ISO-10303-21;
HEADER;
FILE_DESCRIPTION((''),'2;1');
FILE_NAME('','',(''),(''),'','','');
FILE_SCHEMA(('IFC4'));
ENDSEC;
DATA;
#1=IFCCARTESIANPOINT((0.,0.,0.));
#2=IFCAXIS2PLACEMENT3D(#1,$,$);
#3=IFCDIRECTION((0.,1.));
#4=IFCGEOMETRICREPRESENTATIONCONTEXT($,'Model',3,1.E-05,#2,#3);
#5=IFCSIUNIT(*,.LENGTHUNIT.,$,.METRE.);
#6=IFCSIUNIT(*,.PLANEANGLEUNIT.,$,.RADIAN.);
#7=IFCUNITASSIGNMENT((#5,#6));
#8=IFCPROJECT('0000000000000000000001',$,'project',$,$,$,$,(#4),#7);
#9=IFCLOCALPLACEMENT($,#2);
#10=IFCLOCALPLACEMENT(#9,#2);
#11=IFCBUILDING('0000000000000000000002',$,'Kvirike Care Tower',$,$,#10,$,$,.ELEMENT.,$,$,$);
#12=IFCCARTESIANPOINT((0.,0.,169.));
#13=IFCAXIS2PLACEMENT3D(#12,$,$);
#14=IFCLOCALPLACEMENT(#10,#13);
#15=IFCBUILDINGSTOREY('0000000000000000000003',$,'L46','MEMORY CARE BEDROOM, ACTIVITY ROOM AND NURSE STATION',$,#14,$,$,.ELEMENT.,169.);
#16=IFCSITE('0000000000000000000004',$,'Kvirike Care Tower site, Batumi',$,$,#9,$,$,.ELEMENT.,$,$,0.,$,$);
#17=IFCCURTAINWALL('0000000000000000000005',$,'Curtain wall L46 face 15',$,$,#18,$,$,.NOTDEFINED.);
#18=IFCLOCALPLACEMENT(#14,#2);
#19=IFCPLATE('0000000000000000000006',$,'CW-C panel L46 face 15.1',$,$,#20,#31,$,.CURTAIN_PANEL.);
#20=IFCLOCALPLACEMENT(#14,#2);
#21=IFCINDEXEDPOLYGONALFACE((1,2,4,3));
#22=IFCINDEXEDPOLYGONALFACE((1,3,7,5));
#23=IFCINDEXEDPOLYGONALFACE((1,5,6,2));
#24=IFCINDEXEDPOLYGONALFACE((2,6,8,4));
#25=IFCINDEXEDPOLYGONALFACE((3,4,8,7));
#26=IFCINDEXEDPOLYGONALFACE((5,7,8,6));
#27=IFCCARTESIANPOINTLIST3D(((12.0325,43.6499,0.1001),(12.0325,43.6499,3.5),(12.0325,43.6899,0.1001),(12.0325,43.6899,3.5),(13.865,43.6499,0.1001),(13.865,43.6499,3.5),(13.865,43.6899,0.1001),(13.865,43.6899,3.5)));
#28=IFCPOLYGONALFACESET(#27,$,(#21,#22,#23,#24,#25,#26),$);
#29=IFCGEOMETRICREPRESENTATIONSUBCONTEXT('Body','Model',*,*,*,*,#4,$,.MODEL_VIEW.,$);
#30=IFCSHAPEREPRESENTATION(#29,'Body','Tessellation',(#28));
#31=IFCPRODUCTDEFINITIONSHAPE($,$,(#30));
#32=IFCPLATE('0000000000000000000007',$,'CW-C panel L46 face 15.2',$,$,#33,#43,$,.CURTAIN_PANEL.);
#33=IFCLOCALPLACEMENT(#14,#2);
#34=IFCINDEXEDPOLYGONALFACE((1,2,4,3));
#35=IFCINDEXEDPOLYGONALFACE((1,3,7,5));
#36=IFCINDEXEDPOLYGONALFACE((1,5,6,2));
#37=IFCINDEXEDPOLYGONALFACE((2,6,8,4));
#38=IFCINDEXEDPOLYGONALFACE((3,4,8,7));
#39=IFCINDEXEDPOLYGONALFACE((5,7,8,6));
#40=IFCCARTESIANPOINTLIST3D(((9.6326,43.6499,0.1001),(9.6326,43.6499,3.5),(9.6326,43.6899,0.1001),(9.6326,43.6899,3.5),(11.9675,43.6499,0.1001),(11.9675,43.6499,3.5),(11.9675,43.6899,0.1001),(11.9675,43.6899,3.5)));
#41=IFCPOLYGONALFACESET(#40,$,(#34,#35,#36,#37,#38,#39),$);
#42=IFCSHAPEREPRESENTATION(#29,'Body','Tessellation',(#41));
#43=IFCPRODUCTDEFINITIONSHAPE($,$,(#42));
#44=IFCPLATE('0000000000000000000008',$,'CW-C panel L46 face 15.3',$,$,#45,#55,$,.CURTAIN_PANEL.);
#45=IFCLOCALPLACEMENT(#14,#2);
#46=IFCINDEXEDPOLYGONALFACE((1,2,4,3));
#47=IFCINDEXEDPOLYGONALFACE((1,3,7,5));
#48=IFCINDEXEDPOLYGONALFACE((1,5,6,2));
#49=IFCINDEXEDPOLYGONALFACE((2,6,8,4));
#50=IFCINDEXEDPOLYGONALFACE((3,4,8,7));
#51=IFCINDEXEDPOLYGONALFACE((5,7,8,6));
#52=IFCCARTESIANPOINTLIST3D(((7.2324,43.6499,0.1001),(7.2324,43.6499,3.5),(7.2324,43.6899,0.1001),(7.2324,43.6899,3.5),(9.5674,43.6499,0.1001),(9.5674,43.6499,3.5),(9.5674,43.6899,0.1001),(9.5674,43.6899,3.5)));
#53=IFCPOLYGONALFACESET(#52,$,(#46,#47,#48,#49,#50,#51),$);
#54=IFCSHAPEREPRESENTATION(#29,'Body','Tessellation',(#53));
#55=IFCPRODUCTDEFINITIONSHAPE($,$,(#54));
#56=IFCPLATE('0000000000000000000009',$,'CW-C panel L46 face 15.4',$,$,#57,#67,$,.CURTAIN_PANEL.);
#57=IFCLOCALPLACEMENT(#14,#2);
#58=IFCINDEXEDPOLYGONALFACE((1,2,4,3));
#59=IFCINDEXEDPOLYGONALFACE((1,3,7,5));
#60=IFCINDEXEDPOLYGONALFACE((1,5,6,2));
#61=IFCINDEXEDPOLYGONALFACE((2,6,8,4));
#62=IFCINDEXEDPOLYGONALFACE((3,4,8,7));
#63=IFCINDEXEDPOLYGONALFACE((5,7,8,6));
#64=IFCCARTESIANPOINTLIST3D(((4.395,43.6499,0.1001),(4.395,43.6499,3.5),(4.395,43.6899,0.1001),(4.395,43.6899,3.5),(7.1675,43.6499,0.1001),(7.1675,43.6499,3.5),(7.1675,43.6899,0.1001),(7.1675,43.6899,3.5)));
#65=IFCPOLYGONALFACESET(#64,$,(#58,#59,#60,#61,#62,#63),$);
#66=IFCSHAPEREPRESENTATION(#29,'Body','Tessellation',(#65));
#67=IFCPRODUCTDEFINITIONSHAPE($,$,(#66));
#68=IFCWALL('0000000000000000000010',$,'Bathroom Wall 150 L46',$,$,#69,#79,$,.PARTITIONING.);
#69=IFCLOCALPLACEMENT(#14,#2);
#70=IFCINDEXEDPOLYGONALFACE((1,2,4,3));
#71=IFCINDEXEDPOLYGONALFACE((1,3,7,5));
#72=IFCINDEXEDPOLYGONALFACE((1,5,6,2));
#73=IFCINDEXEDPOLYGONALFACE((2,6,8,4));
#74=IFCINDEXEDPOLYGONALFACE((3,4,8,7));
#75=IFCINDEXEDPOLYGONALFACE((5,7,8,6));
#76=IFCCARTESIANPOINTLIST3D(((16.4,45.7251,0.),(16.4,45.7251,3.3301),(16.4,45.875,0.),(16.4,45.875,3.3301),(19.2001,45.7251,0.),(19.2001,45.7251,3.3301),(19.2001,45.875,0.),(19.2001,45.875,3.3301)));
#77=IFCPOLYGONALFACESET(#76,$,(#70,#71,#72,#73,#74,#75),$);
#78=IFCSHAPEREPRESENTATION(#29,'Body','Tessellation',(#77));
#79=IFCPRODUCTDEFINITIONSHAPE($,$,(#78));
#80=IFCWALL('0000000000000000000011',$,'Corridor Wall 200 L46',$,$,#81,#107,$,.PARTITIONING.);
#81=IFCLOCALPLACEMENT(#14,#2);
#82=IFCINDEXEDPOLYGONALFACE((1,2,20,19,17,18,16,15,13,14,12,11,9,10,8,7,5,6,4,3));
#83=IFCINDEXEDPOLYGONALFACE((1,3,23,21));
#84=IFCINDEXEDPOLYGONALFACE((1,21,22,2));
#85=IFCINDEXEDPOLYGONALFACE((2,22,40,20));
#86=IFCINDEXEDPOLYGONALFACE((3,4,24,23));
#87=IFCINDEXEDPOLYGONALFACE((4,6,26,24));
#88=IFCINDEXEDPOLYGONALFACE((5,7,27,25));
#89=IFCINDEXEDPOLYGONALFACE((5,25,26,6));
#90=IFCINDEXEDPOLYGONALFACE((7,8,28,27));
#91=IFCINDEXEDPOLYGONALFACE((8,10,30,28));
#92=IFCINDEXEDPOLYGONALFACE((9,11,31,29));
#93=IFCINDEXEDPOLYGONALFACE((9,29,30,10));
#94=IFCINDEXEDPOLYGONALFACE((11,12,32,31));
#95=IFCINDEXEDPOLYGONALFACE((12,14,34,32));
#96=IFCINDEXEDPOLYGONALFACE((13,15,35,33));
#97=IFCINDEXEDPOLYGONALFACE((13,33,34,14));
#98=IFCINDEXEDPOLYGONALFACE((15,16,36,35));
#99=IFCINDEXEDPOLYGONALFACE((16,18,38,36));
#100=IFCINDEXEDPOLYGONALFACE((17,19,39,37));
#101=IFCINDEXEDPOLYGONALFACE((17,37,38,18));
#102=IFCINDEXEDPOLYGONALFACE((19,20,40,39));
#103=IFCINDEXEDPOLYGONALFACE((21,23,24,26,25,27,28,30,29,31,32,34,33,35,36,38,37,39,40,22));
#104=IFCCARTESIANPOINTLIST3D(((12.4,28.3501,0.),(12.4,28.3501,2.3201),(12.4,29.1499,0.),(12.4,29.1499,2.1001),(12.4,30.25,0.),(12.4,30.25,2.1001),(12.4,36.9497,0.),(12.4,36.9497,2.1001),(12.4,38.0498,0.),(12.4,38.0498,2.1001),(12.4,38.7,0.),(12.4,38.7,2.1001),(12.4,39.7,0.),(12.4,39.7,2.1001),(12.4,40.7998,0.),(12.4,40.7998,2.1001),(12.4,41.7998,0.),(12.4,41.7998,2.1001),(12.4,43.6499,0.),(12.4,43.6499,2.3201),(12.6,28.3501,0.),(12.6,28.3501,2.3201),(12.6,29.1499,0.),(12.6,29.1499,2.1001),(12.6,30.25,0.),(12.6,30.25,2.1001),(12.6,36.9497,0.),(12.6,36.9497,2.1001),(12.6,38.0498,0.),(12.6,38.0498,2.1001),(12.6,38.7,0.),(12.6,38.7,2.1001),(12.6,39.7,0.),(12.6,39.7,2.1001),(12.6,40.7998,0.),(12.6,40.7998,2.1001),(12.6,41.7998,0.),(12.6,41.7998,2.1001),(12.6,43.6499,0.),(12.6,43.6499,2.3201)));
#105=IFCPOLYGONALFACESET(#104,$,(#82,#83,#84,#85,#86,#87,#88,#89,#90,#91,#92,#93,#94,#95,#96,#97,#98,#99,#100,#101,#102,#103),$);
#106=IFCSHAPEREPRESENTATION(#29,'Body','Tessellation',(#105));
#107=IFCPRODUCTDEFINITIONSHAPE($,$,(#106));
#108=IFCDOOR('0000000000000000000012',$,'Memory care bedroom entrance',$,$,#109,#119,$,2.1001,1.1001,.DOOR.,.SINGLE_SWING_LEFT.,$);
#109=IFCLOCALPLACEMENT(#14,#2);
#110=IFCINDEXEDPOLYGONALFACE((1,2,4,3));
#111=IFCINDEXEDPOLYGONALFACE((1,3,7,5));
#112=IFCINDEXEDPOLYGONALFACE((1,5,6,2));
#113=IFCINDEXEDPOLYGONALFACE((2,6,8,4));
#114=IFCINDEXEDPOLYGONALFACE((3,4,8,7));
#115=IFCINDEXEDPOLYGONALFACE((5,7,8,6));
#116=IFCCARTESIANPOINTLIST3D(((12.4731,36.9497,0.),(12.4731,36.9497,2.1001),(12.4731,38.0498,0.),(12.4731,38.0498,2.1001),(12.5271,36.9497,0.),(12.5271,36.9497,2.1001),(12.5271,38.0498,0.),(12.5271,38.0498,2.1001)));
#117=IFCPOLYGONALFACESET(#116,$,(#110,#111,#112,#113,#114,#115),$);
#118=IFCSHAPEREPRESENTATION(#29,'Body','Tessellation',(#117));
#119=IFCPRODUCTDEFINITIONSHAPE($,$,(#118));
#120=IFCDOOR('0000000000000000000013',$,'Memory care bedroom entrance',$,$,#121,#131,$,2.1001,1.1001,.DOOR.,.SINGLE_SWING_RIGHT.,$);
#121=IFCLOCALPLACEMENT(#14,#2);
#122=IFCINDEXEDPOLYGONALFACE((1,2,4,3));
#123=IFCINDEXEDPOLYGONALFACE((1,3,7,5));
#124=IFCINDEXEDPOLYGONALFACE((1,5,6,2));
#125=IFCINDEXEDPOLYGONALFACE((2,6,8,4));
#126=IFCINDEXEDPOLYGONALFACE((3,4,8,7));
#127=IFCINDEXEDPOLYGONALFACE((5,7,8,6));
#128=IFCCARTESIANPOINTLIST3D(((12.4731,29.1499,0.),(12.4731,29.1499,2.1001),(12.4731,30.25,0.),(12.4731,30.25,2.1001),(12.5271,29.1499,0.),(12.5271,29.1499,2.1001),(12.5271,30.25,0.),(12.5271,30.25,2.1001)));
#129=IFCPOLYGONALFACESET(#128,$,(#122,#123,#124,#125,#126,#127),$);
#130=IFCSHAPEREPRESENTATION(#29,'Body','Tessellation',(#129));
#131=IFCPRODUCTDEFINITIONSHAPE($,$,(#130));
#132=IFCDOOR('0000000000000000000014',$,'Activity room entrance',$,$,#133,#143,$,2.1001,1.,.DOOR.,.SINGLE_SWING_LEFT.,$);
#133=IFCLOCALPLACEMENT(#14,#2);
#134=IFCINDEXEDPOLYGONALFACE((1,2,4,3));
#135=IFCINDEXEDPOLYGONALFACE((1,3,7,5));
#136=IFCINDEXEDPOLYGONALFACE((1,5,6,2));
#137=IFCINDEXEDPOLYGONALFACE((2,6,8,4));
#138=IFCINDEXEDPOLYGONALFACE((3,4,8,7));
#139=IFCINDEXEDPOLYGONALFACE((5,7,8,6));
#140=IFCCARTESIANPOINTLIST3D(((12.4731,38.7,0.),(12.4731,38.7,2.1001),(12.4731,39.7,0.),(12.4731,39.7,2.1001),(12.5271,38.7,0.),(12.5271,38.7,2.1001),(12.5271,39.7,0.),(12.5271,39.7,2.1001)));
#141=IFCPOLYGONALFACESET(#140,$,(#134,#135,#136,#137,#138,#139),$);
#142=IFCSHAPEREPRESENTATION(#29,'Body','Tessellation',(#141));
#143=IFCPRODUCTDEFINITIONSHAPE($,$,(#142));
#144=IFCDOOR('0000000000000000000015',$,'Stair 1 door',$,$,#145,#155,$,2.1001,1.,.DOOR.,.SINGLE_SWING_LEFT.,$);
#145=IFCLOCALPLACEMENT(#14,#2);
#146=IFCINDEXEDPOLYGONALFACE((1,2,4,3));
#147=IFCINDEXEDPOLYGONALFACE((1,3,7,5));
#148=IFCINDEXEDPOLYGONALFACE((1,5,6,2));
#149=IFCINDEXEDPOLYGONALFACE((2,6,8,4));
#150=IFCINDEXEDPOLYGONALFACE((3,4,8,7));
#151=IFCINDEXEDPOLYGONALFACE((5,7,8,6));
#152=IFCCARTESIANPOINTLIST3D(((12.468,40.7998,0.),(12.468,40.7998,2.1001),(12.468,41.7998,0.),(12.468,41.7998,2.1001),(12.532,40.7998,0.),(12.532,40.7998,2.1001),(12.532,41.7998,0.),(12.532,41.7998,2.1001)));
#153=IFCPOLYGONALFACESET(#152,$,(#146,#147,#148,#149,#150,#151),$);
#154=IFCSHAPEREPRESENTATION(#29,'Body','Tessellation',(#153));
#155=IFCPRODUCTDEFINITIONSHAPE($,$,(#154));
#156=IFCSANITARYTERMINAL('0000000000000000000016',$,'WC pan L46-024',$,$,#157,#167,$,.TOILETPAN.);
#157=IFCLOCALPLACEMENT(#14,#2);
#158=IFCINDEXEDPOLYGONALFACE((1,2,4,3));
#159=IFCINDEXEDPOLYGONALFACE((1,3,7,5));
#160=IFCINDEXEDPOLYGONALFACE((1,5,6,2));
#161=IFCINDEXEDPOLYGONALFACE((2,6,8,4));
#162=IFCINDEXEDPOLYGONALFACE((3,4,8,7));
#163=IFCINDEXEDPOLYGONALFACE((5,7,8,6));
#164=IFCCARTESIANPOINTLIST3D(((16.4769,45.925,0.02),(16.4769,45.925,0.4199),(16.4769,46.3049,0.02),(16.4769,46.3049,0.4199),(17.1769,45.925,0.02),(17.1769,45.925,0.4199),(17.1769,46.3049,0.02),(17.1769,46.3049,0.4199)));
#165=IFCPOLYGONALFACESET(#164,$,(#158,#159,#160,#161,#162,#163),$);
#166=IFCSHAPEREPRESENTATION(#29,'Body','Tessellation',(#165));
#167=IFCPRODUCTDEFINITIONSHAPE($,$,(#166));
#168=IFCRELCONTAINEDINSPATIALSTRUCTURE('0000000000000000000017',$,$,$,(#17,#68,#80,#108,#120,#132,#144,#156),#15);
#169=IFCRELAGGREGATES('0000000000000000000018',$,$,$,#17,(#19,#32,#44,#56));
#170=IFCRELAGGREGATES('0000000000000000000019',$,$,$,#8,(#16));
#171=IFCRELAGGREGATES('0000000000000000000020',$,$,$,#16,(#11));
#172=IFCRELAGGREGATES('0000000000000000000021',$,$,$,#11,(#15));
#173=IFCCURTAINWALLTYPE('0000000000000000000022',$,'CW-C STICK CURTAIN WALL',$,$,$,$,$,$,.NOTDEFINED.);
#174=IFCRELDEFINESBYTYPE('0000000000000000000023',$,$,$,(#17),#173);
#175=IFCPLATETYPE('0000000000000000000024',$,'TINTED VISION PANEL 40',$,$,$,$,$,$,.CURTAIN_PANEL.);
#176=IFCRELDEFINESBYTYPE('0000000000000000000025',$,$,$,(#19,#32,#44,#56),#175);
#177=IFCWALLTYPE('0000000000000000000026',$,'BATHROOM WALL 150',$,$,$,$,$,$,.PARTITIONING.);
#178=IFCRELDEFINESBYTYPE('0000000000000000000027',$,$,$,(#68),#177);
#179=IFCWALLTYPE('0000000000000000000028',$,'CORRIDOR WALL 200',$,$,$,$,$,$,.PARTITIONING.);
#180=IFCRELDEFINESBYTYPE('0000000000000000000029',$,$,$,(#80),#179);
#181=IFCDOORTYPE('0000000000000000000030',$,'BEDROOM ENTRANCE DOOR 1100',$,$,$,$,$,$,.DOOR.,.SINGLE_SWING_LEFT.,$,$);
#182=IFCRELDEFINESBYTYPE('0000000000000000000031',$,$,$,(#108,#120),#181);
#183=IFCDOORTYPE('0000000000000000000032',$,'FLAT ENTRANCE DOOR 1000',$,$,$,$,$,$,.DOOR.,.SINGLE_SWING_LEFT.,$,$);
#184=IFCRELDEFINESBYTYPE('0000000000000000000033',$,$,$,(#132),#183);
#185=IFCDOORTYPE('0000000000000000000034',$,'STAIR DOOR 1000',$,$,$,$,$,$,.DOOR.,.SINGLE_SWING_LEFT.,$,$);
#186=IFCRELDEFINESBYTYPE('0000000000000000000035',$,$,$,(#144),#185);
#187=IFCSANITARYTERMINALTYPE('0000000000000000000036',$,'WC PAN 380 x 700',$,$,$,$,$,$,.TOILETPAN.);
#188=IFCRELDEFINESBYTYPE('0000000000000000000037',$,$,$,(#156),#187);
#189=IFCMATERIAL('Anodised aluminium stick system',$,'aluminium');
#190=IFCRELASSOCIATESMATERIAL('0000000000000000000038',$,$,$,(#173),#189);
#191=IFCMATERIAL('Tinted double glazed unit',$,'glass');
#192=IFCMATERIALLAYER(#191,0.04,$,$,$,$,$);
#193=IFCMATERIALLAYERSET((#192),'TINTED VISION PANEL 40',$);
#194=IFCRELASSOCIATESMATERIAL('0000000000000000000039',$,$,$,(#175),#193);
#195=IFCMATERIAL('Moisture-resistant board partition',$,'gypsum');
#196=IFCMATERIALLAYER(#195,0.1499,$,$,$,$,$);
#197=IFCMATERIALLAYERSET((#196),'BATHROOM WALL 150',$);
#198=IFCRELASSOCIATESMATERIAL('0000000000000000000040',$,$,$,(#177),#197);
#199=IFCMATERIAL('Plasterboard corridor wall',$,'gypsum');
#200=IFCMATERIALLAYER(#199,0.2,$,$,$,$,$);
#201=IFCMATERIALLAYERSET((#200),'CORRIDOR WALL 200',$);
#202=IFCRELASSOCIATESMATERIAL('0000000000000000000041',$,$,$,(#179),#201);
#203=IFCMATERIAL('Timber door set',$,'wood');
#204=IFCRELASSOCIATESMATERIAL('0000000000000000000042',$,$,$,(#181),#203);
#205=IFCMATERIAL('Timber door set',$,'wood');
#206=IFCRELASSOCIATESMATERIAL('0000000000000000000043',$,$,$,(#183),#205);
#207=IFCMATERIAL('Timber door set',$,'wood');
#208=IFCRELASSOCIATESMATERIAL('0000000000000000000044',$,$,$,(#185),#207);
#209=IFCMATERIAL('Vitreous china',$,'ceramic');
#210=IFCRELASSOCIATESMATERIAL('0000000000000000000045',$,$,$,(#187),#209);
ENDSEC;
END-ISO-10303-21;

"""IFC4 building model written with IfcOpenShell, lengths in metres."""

from ifc_helpers import new_model, si_unit, direction, frame, frame_2d, origin, origin_2d, place, context, subcontext, project, spatial, rectangle, extrude, material, layer, layer_set, type_object, element, fill, aggregate, save


model = new_model("IFC4")

# Units and contexts
model_context = context("Model", 3, precision=1e-05, world=origin(), true_north=direction((0.0, 1.0)))
body_context = subcontext(model_context, "Body", "Model", "MODEL_VIEW")
ifc_project = project(units=[si_unit("LENGTHUNIT", "METRE"), si_unit("PLANEANGLEUNIT", "RADIAN")], contexts=[model_context])

# Site, building, storey
site_placement = place(None, origin())
site = spatial("IfcSite", under=ifc_project, at=site_placement, Name="Kvirike Care Tower site, Batumi", CompositionType="ELEMENT", RefElevation=0.0)
building_placement = place(site_placement, origin())
building = spatial("IfcBuilding", under=site, at=building_placement, Name="Kvirike Care Tower", CompositionType="ELEMENT")
storey_placement = place(building_placement, frame((0.0, 0.0, 169.0)))
storey = spatial("IfcBuildingStorey", under=building, at=storey_placement, Name="L46", Description="MEMORY CARE BEDROOM, ACTIVITY ROOM AND NURSE STATION", CompositionType="ELEMENT", Elevation=169.0)

# Curtain wall
ifc_material_1 = material(Name="Anodised aluminium stick system", Category="aluminium")
curtain_wall_type = type_object("IfcCurtainWallType", Name="CW-C STICK CURTAIN WALL", PredefinedType="NOTDEFINED", material=ifc_material_1)
curtain_wall_1_placement = place(storey_placement, origin())
curtain_wall_1 = element("IfcCurtainWall", 1, at=curtain_wall_1_placement, inside=storey, type_object=curtain_wall_type, Name="Curtain wall L46 face 15", PredefinedType="NOTDEFINED")

# Plates
ifc_material_2 = material(Name="Tinted double glazed unit", Category="glass")
ifc_layer_1 = layer(ifc_material_2, 0.04)
ifc_layer_set_1 = layer_set([ifc_layer_1], Name="TINTED VISION PANEL 40")
plate_type = type_object("IfcPlateType", Name="TINTED VISION PANEL 40", PredefinedType="CURTAIN_PANEL", material=ifc_layer_set_1)
plate_1_placement = place(storey_placement, frame((12.9487, 43.6699, 0.1001), z_axis=(0.0, 0.0, 1.0), x_axis=(-1.0, 0.0, 0.0)))
plate_1 = element("IfcPlate", 2, at=plate_1_placement, type_object=plate_type, Name="CW-C panel L46 face 15.1", PredefinedType="CURTAIN_PANEL", context=body_context, shape_type="SweptSolid", body=[
    extrude(rectangle(XDim=1.8325, YDim=0.04, at=origin_2d()), origin(), (0.0, 0.0, 1.0), 3.3999),
])
plate_2_placement = place(storey_placement, frame((10.8, 43.6699, 0.1001), z_axis=(0.0, 0.0, 1.0), x_axis=(-1.0, 0.0, 0.0)))
plate_2 = element("IfcPlate", 3, at=plate_2_placement, type_object=plate_type, Name="CW-C panel L46 face 15.2", PredefinedType="CURTAIN_PANEL", context=body_context, shape_type="SweptSolid", body=[
    extrude(rectangle(XDim=2.335, YDim=0.04, at=origin_2d()), origin(), (0.0, 0.0, 1.0), 3.3999),
])
plate_3_placement = place(storey_placement, frame((8.3999, 43.6699, 0.1001), z_axis=(0.0, 0.0, 1.0), x_axis=(-1.0, 0.0, 0.0)))
plate_3 = element("IfcPlate", 4, at=plate_3_placement, type_object=plate_type, Name="CW-C panel L46 face 15.3", PredefinedType="CURTAIN_PANEL", context=body_context, shape_type="SweptSolid", body=[
    extrude(rectangle(XDim=2.335, YDim=0.04, at=origin_2d()), origin(), (0.0, 0.0, 1.0), 3.3999),
])
plate_4_placement = place(storey_placement, frame((5.7812, 43.6699, 0.1001), z_axis=(0.0, 0.0, 1.0), x_axis=(-1.0, 0.0, 0.0)))
plate_4 = element("IfcPlate", 5, at=plate_4_placement, type_object=plate_type, Name="CW-C panel L46 face 15.4", PredefinedType="CURTAIN_PANEL", context=body_context, shape_type="SweptSolid", body=[
    extrude(rectangle(XDim=2.7725, YDim=0.04, at=origin_2d()), origin(), (0.0, 0.0, 1.0), 3.3999),
])
aggregate(curtain_wall_1, [plate_1, plate_2, plate_3, plate_4])

# Wall
ifc_material_3 = material(Name="Moisture-resistant board partition", Category="gypsum")
ifc_layer_2 = layer(ifc_material_3, 0.1499)
ifc_layer_set_2 = layer_set([ifc_layer_2], Name="BATHROOM WALL 150")
wall_type_1 = type_object("IfcWallType", Name="BATHROOM WALL 150", PredefinedType="PARTITIONING", material=ifc_layer_set_2)
wall_1_placement = place(storey_placement, frame((19.2, 45.8, 0.0), z_axis=(0.0, 0.0, 1.0), x_axis=(-1.0, 0.0, 0.0)))
element("IfcWall", 6, at=wall_1_placement, inside=storey, type_object=wall_type_1, Name="Bathroom Wall 150 L46", PredefinedType="PARTITIONING", context=body_context, shape_type="SweptSolid", body=[
    extrude(rectangle(XDim=2.8, YDim=0.1499, at=frame_2d((1.3999, 0.0))), origin(), (0.0, 0.0, 1.0), 3.3301),
])

# Wall, openings, doors
ifc_material_4 = material(Name="Plasterboard corridor wall", Category="gypsum")
ifc_layer_3 = layer(ifc_material_4, 0.2)
ifc_layer_set_3 = layer_set([ifc_layer_3], Name="CORRIDOR WALL 200")
wall_type_2 = type_object("IfcWallType", Name="CORRIDOR WALL 200", PredefinedType="PARTITIONING", material=ifc_layer_set_3)
wall_2_placement = place(storey_placement, frame((12.5, 43.6499, 0.0), z_axis=(0.0, 0.0, 1.0), x_axis=(0.0, -1.0, 0.0)))
wall_2 = element("IfcWall", 7, at=wall_2_placement, inside=storey, type_object=wall_type_2, Name="Corridor Wall 200 L46", PredefinedType="PARTITIONING", context=body_context, shape_type="SweptSolid", body=[
    extrude(rectangle(XDim=15.2998, YDim=0.2, at=frame_2d((7.6499, 0.0))), origin(), (0.0, 0.0, 1.0), 2.3201),
])
opening_1_placement = place(wall_2_placement, frame((1.8501, 0.0, 0.0)))
opening_1 = element("IfcOpeningElement", 8, at=opening_1_placement, cuts=wall_2, PredefinedType="OPENING", context=body_context, shape_type="SweptSolid", body=[
    extrude(rectangle(XDim=1.0, YDim=2.1001, at=frame_2d((0.5, 1.05))), frame((0.0, 0.1106, 0.0), z_axis=(0.0, -1.0, 0.0), x_axis=(1.0, 0.0, 0.0)), (0.0, 0.0, 1.0), 0.2209),
])
opening_2_placement = place(wall_2_placement, frame((3.95, 0.0, 0.0)))
opening_2 = element("IfcOpeningElement", 9, at=opening_2_placement, cuts=wall_2, PredefinedType="OPENING", context=body_context, shape_type="SweptSolid", body=[
    extrude(rectangle(XDim=1.0, YDim=2.1001, at=frame_2d((0.5, 1.05))), frame((0.0, 0.1106, 0.0), z_axis=(0.0, -1.0, 0.0), x_axis=(1.0, 0.0, 0.0)), (0.0, 0.0, 1.0), 0.2209),
])
opening_3_placement = place(wall_2_placement, frame((5.6001, 0.0, 0.0)))
opening_3 = element("IfcOpeningElement", 10, at=opening_3_placement, cuts=wall_2, PredefinedType="OPENING", context=body_context, shape_type="SweptSolid", body=[
    extrude(rectangle(XDim=1.1001, YDim=2.1001, at=frame_2d((0.55, 1.05))), frame((0.0, 0.1106, 0.0), z_axis=(0.0, -1.0, 0.0), x_axis=(1.0, 0.0, 0.0)), (0.0, 0.0, 1.0), 0.2209),
])
opening_4_placement = place(wall_2_placement, frame((13.3999, 0.0, 0.0)))
opening_4 = element("IfcOpeningElement", 11, at=opening_4_placement, cuts=wall_2, PredefinedType="OPENING", context=body_context, shape_type="SweptSolid", body=[
    extrude(rectangle(XDim=1.1001, YDim=2.1001, at=frame_2d((0.55, 1.05))), frame((0.0, 0.1106, 0.0), z_axis=(0.0, -1.0, 0.0), x_axis=(1.0, 0.0, 0.0)), (0.0, 0.0, 1.0), 0.2209),
])
ifc_material_5 = material(Name="Timber door set", Category="wood")
door_type_1 = type_object("IfcDoorType", Name="BEDROOM ENTRANCE DOOR 1100", OperationType="SINGLE_SWING_LEFT", PredefinedType="DOOR", material=ifc_material_5)
door_1_placement = place(opening_3_placement, frame((1.1001, 0.0, 0.0), z_axis=(0.0, 0.0, 1.0), x_axis=(-1.0, 0.0, 0.0)))
door_1 = element("IfcDoor", 12, at=door_1_placement, inside=storey, type_object=door_type_1, Name="Memory care bedroom entrance", OperationType="SINGLE_SWING_LEFT", OverallHeight=2.1001, OverallWidth=1.1001, PredefinedType="DOOR", context=body_context, shape_type="SweptSolid", body=[
    extrude(rectangle(XDim=1.1001, YDim=2.1001, at=frame_2d((0.55, 1.05))), frame((0.0, 0.0269, 0.0), z_axis=(0.0, -1.0, 0.0), x_axis=(1.0, 0.0, 0.0)), (0.0, 0.0, 1.0), 0.054),
])
fill(opening_3, door_1)
door_2_placement = place(opening_4_placement, frame((1.1001, 0.0, 0.0), z_axis=(0.0, 0.0, 1.0), x_axis=(-1.0, 0.0, 0.0)))
door_2 = element("IfcDoor", 13, at=door_2_placement, inside=storey, type_object=door_type_1, Name="Memory care bedroom entrance", OperationType="SINGLE_SWING_RIGHT", OverallHeight=2.1001, OverallWidth=1.1001, PredefinedType="DOOR", context=body_context, shape_type="SweptSolid", body=[
    extrude(rectangle(XDim=1.1001, YDim=2.1001, at=frame_2d((0.55, 1.05))), frame((0.0, 0.0269, 0.0), z_axis=(0.0, -1.0, 0.0), x_axis=(1.0, 0.0, 0.0)), (0.0, 0.0, 1.0), 0.054),
])
fill(opening_4, door_2)
ifc_material_6 = material(Name="Timber door set", Category="wood")
door_type_2 = type_object("IfcDoorType", Name="FLAT ENTRANCE DOOR 1000", OperationType="SINGLE_SWING_LEFT", PredefinedType="DOOR", material=ifc_material_6)
door_3_placement = place(opening_2_placement, frame((1.0, 0.0, 0.0), z_axis=(0.0, 0.0, 1.0), x_axis=(-1.0, 0.0, 0.0)))
door_3 = element("IfcDoor", 14, at=door_3_placement, inside=storey, type_object=door_type_2, Name="Activity room entrance", OperationType="SINGLE_SWING_LEFT", OverallHeight=2.1001, OverallWidth=1.0, PredefinedType="DOOR", context=body_context, shape_type="SweptSolid", body=[
    extrude(rectangle(XDim=1.0, YDim=2.1001, at=frame_2d((0.5, 1.05))), frame((0.0, 0.0269, 0.0), z_axis=(0.0, -1.0, 0.0), x_axis=(1.0, 0.0, 0.0)), (0.0, 0.0, 1.0), 0.054),
])
fill(opening_2, door_3)
ifc_material_7 = material(Name="Timber door set", Category="wood")
door_type_3 = type_object("IfcDoorType", Name="STAIR DOOR 1000", OperationType="SINGLE_SWING_LEFT", PredefinedType="DOOR", material=ifc_material_7)
door_4_placement = place(opening_1_placement, frame((1.0, 0.0, 0.0), z_axis=(0.0, 0.0, 1.0), x_axis=(-1.0, 0.0, 0.0)))
door_4 = element("IfcDoor", 15, at=door_4_placement, inside=storey, type_object=door_type_3, Name="Stair 1 door", OperationType="SINGLE_SWING_LEFT", OverallHeight=2.1001, OverallWidth=1.0, PredefinedType="DOOR", context=body_context, shape_type="SweptSolid", body=[
    extrude(rectangle(XDim=1.0, YDim=2.1001, at=frame_2d((0.5, 1.05))), frame((0.0, 0.032, 0.0), z_axis=(0.0, -1.0, 0.0), x_axis=(1.0, 0.0, 0.0)), (0.0, 0.0, 1.0), 0.064),
])
fill(opening_1, door_4)

# Sanitary terminal
ifc_material_8 = material(Name="Vitreous china", Category="ceramic")
sanitary_terminal_type = type_object("IfcSanitaryTerminalType", Name="WC PAN 380 x 700", PredefinedType="TOILETPAN", material=ifc_material_8)
sanitary_terminal_placement = place(storey_placement, frame((16.8269, 46.115, 0.02), z_axis=(0.0, 0.0, 1.0), x_axis=(0.0, 1.0, 0.0)))
element("IfcSanitaryTerminal", 16, at=sanitary_terminal_placement, inside=storey, type_object=sanitary_terminal_type, Name="WC pan L46-024", PredefinedType="TOILETPAN", context=body_context, shape_type="SweptSolid", body=[
    extrude(rectangle(XDim=0.3799, YDim=0.7, at=origin_2d()), origin(), (0.0, 0.0, 1.0), 0.3999),
])

save(model, "model.ifc")
